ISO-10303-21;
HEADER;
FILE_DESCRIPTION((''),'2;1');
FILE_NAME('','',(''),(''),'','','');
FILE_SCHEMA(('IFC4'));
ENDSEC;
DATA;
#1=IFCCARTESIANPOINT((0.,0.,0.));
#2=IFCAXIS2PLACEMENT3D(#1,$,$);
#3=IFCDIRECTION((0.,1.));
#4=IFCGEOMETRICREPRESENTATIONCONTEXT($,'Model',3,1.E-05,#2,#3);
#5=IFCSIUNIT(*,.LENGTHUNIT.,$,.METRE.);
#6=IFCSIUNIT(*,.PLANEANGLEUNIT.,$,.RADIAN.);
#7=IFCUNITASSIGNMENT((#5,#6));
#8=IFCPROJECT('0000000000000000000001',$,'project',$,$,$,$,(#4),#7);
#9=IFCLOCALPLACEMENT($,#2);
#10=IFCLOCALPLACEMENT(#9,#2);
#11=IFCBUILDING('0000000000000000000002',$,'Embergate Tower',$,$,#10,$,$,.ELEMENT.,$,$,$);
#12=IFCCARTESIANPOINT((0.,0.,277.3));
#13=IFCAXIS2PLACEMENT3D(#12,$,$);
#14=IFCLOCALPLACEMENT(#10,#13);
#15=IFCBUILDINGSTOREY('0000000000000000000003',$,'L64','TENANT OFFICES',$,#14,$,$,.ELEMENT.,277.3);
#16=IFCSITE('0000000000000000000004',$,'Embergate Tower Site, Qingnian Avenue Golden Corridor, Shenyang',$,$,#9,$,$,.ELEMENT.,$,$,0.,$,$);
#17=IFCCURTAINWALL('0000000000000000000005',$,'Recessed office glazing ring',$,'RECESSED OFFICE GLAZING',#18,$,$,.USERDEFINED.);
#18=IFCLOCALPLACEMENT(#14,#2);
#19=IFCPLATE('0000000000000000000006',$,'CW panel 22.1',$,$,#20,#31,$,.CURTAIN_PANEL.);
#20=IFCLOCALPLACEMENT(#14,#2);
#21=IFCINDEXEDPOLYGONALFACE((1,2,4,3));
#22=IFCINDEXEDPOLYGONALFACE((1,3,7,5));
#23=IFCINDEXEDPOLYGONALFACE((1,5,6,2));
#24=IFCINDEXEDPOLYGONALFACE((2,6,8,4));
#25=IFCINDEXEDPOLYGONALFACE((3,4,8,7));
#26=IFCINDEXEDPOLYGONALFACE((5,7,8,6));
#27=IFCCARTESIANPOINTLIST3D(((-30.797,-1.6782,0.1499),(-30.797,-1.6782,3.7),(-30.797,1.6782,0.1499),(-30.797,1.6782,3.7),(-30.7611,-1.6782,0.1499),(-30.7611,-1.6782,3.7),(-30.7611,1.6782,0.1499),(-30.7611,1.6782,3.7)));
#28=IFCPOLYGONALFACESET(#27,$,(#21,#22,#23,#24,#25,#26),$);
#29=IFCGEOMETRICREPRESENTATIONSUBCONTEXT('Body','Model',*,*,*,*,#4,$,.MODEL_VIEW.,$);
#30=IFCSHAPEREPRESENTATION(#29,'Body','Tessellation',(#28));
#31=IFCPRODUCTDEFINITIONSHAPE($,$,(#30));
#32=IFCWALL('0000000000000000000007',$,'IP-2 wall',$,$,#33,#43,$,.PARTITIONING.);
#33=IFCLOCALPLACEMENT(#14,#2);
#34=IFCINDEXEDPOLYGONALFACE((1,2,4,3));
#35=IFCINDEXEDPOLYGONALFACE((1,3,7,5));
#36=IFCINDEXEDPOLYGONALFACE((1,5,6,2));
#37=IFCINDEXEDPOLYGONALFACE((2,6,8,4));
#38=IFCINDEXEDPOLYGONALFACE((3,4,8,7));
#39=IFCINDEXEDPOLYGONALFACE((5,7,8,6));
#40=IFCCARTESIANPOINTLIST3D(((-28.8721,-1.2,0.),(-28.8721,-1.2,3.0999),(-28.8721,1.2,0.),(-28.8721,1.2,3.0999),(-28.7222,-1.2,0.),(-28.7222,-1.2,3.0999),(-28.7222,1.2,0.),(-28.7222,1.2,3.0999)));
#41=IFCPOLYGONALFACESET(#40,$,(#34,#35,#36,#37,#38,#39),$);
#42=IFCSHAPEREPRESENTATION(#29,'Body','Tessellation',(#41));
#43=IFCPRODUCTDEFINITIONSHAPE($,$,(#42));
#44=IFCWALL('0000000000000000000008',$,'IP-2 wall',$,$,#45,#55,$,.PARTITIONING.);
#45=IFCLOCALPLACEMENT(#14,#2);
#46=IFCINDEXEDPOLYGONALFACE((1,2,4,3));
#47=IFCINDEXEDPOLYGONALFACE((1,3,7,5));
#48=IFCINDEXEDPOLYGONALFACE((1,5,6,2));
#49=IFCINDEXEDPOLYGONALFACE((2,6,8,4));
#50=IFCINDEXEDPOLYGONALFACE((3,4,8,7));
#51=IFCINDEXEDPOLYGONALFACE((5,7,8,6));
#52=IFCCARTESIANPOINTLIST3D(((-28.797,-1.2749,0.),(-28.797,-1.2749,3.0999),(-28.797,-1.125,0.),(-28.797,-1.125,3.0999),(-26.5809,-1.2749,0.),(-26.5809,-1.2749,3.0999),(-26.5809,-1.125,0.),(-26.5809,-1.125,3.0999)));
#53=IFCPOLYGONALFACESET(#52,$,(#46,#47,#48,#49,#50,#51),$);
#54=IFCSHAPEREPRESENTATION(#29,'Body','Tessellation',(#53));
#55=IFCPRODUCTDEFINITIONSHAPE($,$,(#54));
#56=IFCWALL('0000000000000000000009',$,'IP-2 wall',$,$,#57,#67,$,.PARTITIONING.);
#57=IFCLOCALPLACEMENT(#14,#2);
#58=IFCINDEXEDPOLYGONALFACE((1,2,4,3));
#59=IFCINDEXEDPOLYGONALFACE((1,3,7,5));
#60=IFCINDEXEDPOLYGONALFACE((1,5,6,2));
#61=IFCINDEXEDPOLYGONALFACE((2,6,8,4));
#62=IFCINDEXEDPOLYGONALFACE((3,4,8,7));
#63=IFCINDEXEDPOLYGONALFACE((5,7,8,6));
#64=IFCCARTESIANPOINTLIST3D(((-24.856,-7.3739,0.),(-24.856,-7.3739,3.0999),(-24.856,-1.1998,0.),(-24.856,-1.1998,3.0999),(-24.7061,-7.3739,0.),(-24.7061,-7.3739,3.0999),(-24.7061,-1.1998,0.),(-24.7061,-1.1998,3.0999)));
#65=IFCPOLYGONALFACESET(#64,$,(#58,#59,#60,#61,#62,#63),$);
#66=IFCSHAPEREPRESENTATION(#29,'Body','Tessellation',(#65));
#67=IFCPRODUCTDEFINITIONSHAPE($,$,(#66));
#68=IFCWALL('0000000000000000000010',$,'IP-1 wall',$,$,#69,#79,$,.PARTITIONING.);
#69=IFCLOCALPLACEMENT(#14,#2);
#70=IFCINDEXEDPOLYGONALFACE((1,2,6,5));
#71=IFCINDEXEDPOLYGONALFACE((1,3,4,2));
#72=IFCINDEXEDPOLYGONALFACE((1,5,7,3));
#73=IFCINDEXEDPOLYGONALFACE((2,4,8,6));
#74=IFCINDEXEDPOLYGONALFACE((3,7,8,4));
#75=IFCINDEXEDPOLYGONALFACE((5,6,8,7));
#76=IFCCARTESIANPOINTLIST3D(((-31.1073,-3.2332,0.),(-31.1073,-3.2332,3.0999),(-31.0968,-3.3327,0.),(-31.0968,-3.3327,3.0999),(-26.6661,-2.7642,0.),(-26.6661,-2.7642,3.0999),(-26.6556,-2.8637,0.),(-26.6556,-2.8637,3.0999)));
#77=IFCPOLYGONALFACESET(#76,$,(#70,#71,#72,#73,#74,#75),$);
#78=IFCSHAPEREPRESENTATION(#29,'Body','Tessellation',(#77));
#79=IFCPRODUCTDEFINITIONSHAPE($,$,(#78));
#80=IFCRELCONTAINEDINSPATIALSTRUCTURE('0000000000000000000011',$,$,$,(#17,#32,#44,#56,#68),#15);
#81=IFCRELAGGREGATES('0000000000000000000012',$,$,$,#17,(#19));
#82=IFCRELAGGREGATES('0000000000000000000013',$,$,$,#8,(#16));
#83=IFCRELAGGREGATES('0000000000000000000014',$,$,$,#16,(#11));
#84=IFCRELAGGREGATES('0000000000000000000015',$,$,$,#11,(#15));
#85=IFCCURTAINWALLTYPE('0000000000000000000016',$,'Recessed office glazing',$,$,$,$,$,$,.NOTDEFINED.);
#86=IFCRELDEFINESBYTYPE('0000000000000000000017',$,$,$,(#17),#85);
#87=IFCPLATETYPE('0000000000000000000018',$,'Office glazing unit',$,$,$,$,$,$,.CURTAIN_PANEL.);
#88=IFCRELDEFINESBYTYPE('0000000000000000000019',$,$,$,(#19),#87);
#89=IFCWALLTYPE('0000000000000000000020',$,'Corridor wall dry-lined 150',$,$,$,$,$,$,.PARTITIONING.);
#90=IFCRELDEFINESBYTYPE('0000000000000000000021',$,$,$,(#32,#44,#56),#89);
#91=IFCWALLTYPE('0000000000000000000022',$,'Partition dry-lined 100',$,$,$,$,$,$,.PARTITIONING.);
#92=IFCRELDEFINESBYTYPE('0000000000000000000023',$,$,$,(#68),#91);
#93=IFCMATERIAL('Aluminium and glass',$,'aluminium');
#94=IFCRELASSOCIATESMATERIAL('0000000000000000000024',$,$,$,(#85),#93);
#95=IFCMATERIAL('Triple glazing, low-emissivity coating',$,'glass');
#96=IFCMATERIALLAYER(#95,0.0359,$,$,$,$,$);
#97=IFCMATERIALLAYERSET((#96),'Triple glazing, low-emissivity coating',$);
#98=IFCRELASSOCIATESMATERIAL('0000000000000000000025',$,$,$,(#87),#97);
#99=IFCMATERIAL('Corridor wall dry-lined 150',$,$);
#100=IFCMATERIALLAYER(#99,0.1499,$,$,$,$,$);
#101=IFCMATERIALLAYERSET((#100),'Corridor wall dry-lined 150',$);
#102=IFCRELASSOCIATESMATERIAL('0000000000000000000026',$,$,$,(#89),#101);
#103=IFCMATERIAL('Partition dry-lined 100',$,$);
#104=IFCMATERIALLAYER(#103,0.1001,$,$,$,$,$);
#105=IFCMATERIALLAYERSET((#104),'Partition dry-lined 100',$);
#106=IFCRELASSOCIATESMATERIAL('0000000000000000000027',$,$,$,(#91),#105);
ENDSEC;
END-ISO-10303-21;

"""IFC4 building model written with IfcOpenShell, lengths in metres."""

from ifc_helpers import new_model, si_unit, direction, frame, frame_2d, origin, origin_2d, place, context, subcontext, project, spatial, rectangle, extrude, source, transform, mapped, material, layer, layer_set, type_object, element, aggregate, save


model = new_model("IFC4")

# Units and contexts
model_context = context("Model", 3, precision=1e-05, world=origin(), true_north=direction((0.0, 1.0)))
body_context = subcontext(model_context, "Body", "Model", "MODEL_VIEW")
ifc_project = project(units=[si_unit("LENGTHUNIT", "METRE"), si_unit("PLANEANGLEUNIT", "RADIAN")], contexts=[model_context])

# Site, building, storey
site_placement = place(None, origin())
site = spatial("IfcSite", under=ifc_project, at=site_placement, Name="Embergate Tower Site, Qingnian Avenue Golden Corridor, Shenyang", CompositionType="ELEMENT", RefElevation=0.0)
building_placement = place(site_placement, origin())
building = spatial("IfcBuilding", under=site, at=building_placement, Name="Embergate Tower", CompositionType="ELEMENT")
storey_placement = place(building_placement, frame((0.0, 0.0, 277.3)))
storey = spatial("IfcBuildingStorey", under=building, at=storey_placement, Name="L64", Description="TENANT OFFICES", CompositionType="ELEMENT", Elevation=277.3)

# Curtain wall, plate
ifc_material_1 = material(Name="Aluminium and glass", Category="aluminium")
curtain_wall_type = type_object("IfcCurtainWallType", Name="Recessed office glazing", PredefinedType="NOTDEFINED", material=ifc_material_1)
curtain_wall_placement = place(storey_placement, origin())
curtain_wall = element("IfcCurtainWall", 1, at=curtain_wall_placement, inside=storey, type_object=curtain_wall_type, Name="Recessed office glazing ring", ObjectType="RECESSED OFFICE GLAZING", PredefinedType="USERDEFINED")
ifc_material_2 = material(Name="Triple glazing, low-emissivity coating", Category="glass")
ifc_layer_1 = layer(ifc_material_2, 0.0359)
ifc_layer_set_1 = layer_set([ifc_layer_1], Name="Triple glazing, low-emissivity coating")
plate_type = type_object("IfcPlateType", Name="Office glazing unit", PredefinedType="CURTAIN_PANEL", material=ifc_layer_set_1)
shared_shape_1 = source(origin(), body_context, "Body", "SweptSolid", [
    extrude(rectangle(XDim=3.3564, YDim=0.0359, at=origin_2d()), origin(), (0.0, 0.0, 1.0), 3.55),
])
plate_1_placement = place(storey_placement, frame((-30.7791, 0.0, 0.1499), z_axis=(0.0, 0.0, 1.0), x_axis=(0.0, -1.0, 0.0)))
plate_1 = element("IfcPlate", 2, at=plate_1_placement, type_object=plate_type, Name="CW panel 22.1", PredefinedType="CURTAIN_PANEL", context=body_context, shape_type="MappedRepresentation", body=[
    mapped(shared_shape_1, transform((0.0, 0.0, 0.0))),
])
aggregate(curtain_wall, [plate_1])

# Walls
ifc_material_3 = material(Name="Corridor wall dry-lined 150")
ifc_layer_2 = layer(ifc_material_3, 0.1499)
ifc_layer_set_2 = layer_set([ifc_layer_2], Name="Corridor wall dry-lined 150")
wall_type_1 = type_object("IfcWallType", Name="Corridor wall dry-lined 150", PredefinedType="PARTITIONING", material=ifc_layer_set_2)
shared_shape_2 = source(origin(), body_context, "Body", "SweptSolid", [
    extrude(rectangle(XDim=2.3999, YDim=0.1499, at=frame_2d((1.2, 0.0))), origin(), (0.0, 0.0, 1.0), 3.0999),
])
wall_1_placement = place(storey_placement, frame((-28.7971, -1.2, 0.0), z_axis=(0.0, 0.0, 1.0), x_axis=(0.0, 1.0, 0.0)))
element("IfcWall", 3, at=wall_1_placement, inside=storey, type_object=wall_type_1, Name="IP-2 wall", PredefinedType="PARTITIONING", context=body_context, shape_type="MappedRepresentation", body=[
    mapped(shared_shape_2, transform((0.0, 0.0, 0.0))),
])
shared_shape_3 = source(origin(), body_context, "Body", "SweptSolid", [
    extrude(rectangle(XDim=2.2161, YDim=0.1499, at=frame_2d((1.1079, 0.0))), origin(), (0.0, 0.0, 1.0), 3.0999),
])
wall_2_placement = place(storey_placement, frame((-26.5811, -1.2, 0.0), z_axis=(0.0, 0.0, 1.0), x_axis=(-1.0, 0.0, 0.0)))
element("IfcWall", 4, at=wall_2_placement, inside=storey, type_object=wall_type_1, Name="IP-2 wall", PredefinedType="PARTITIONING", context=body_context, shape_type="MappedRepresentation", body=[
    mapped(shared_shape_3, transform((0.0, 0.0, 0.0))),
])
shared_shape_4 = source(origin(), body_context, "Body", "SweptSolid", [
    extrude(rectangle(XDim=6.1741, YDim=0.1499, at=frame_2d((3.0869, 0.0))), origin(), (0.0, 0.0, 1.0), 3.0999),
])
wall_3_placement = place(storey_placement, frame((-24.781, -1.2, 0.0), z_axis=(0.0, 0.0, 1.0), x_axis=(0.0, -1.0, 0.0)))
element("IfcWall", 5, at=wall_3_placement, inside=storey, type_object=wall_type_1, Name="IP-2 wall", PredefinedType="PARTITIONING", context=body_context, shape_type="MappedRepresentation", body=[
    mapped(shared_shape_4, transform((0.0, 0.0, 0.0))),
])
ifc_material_4 = material(Name="Partition dry-lined 100")
ifc_layer_3 = layer(ifc_material_4, 0.1001)
ifc_layer_set_3 = layer_set([ifc_layer_3], Name="Partition dry-lined 100")
wall_type_2 = type_object("IfcWallType", Name="Partition dry-lined 100", PredefinedType="PARTITIONING", material=ifc_layer_set_3)
shared_shape_5 = source(origin(), body_context, "Body", "SweptSolid", [
    extrude(rectangle(XDim=4.4658, YDim=0.1001, at=frame_2d((2.2329, 0.0))), origin(), (0.0, 0.0, 1.0), 3.0999),
])
wall_4_placement = place(storey_placement, frame((-26.6609, -2.814, 0.0), z_axis=(0.0, 0.0, 1.0), x_axis=(-0.99447, -0.105018, 0.0)))
element("IfcWall", 6, at=wall_4_placement, inside=storey, type_object=wall_type_2, Name="IP-1 wall", PredefinedType="PARTITIONING", context=body_context, shape_type="MappedRepresentation", body=[
    mapped(shared_shape_5, transform((0.0, 0.0, 0.0))),
])

save(model, "model.ifc")
